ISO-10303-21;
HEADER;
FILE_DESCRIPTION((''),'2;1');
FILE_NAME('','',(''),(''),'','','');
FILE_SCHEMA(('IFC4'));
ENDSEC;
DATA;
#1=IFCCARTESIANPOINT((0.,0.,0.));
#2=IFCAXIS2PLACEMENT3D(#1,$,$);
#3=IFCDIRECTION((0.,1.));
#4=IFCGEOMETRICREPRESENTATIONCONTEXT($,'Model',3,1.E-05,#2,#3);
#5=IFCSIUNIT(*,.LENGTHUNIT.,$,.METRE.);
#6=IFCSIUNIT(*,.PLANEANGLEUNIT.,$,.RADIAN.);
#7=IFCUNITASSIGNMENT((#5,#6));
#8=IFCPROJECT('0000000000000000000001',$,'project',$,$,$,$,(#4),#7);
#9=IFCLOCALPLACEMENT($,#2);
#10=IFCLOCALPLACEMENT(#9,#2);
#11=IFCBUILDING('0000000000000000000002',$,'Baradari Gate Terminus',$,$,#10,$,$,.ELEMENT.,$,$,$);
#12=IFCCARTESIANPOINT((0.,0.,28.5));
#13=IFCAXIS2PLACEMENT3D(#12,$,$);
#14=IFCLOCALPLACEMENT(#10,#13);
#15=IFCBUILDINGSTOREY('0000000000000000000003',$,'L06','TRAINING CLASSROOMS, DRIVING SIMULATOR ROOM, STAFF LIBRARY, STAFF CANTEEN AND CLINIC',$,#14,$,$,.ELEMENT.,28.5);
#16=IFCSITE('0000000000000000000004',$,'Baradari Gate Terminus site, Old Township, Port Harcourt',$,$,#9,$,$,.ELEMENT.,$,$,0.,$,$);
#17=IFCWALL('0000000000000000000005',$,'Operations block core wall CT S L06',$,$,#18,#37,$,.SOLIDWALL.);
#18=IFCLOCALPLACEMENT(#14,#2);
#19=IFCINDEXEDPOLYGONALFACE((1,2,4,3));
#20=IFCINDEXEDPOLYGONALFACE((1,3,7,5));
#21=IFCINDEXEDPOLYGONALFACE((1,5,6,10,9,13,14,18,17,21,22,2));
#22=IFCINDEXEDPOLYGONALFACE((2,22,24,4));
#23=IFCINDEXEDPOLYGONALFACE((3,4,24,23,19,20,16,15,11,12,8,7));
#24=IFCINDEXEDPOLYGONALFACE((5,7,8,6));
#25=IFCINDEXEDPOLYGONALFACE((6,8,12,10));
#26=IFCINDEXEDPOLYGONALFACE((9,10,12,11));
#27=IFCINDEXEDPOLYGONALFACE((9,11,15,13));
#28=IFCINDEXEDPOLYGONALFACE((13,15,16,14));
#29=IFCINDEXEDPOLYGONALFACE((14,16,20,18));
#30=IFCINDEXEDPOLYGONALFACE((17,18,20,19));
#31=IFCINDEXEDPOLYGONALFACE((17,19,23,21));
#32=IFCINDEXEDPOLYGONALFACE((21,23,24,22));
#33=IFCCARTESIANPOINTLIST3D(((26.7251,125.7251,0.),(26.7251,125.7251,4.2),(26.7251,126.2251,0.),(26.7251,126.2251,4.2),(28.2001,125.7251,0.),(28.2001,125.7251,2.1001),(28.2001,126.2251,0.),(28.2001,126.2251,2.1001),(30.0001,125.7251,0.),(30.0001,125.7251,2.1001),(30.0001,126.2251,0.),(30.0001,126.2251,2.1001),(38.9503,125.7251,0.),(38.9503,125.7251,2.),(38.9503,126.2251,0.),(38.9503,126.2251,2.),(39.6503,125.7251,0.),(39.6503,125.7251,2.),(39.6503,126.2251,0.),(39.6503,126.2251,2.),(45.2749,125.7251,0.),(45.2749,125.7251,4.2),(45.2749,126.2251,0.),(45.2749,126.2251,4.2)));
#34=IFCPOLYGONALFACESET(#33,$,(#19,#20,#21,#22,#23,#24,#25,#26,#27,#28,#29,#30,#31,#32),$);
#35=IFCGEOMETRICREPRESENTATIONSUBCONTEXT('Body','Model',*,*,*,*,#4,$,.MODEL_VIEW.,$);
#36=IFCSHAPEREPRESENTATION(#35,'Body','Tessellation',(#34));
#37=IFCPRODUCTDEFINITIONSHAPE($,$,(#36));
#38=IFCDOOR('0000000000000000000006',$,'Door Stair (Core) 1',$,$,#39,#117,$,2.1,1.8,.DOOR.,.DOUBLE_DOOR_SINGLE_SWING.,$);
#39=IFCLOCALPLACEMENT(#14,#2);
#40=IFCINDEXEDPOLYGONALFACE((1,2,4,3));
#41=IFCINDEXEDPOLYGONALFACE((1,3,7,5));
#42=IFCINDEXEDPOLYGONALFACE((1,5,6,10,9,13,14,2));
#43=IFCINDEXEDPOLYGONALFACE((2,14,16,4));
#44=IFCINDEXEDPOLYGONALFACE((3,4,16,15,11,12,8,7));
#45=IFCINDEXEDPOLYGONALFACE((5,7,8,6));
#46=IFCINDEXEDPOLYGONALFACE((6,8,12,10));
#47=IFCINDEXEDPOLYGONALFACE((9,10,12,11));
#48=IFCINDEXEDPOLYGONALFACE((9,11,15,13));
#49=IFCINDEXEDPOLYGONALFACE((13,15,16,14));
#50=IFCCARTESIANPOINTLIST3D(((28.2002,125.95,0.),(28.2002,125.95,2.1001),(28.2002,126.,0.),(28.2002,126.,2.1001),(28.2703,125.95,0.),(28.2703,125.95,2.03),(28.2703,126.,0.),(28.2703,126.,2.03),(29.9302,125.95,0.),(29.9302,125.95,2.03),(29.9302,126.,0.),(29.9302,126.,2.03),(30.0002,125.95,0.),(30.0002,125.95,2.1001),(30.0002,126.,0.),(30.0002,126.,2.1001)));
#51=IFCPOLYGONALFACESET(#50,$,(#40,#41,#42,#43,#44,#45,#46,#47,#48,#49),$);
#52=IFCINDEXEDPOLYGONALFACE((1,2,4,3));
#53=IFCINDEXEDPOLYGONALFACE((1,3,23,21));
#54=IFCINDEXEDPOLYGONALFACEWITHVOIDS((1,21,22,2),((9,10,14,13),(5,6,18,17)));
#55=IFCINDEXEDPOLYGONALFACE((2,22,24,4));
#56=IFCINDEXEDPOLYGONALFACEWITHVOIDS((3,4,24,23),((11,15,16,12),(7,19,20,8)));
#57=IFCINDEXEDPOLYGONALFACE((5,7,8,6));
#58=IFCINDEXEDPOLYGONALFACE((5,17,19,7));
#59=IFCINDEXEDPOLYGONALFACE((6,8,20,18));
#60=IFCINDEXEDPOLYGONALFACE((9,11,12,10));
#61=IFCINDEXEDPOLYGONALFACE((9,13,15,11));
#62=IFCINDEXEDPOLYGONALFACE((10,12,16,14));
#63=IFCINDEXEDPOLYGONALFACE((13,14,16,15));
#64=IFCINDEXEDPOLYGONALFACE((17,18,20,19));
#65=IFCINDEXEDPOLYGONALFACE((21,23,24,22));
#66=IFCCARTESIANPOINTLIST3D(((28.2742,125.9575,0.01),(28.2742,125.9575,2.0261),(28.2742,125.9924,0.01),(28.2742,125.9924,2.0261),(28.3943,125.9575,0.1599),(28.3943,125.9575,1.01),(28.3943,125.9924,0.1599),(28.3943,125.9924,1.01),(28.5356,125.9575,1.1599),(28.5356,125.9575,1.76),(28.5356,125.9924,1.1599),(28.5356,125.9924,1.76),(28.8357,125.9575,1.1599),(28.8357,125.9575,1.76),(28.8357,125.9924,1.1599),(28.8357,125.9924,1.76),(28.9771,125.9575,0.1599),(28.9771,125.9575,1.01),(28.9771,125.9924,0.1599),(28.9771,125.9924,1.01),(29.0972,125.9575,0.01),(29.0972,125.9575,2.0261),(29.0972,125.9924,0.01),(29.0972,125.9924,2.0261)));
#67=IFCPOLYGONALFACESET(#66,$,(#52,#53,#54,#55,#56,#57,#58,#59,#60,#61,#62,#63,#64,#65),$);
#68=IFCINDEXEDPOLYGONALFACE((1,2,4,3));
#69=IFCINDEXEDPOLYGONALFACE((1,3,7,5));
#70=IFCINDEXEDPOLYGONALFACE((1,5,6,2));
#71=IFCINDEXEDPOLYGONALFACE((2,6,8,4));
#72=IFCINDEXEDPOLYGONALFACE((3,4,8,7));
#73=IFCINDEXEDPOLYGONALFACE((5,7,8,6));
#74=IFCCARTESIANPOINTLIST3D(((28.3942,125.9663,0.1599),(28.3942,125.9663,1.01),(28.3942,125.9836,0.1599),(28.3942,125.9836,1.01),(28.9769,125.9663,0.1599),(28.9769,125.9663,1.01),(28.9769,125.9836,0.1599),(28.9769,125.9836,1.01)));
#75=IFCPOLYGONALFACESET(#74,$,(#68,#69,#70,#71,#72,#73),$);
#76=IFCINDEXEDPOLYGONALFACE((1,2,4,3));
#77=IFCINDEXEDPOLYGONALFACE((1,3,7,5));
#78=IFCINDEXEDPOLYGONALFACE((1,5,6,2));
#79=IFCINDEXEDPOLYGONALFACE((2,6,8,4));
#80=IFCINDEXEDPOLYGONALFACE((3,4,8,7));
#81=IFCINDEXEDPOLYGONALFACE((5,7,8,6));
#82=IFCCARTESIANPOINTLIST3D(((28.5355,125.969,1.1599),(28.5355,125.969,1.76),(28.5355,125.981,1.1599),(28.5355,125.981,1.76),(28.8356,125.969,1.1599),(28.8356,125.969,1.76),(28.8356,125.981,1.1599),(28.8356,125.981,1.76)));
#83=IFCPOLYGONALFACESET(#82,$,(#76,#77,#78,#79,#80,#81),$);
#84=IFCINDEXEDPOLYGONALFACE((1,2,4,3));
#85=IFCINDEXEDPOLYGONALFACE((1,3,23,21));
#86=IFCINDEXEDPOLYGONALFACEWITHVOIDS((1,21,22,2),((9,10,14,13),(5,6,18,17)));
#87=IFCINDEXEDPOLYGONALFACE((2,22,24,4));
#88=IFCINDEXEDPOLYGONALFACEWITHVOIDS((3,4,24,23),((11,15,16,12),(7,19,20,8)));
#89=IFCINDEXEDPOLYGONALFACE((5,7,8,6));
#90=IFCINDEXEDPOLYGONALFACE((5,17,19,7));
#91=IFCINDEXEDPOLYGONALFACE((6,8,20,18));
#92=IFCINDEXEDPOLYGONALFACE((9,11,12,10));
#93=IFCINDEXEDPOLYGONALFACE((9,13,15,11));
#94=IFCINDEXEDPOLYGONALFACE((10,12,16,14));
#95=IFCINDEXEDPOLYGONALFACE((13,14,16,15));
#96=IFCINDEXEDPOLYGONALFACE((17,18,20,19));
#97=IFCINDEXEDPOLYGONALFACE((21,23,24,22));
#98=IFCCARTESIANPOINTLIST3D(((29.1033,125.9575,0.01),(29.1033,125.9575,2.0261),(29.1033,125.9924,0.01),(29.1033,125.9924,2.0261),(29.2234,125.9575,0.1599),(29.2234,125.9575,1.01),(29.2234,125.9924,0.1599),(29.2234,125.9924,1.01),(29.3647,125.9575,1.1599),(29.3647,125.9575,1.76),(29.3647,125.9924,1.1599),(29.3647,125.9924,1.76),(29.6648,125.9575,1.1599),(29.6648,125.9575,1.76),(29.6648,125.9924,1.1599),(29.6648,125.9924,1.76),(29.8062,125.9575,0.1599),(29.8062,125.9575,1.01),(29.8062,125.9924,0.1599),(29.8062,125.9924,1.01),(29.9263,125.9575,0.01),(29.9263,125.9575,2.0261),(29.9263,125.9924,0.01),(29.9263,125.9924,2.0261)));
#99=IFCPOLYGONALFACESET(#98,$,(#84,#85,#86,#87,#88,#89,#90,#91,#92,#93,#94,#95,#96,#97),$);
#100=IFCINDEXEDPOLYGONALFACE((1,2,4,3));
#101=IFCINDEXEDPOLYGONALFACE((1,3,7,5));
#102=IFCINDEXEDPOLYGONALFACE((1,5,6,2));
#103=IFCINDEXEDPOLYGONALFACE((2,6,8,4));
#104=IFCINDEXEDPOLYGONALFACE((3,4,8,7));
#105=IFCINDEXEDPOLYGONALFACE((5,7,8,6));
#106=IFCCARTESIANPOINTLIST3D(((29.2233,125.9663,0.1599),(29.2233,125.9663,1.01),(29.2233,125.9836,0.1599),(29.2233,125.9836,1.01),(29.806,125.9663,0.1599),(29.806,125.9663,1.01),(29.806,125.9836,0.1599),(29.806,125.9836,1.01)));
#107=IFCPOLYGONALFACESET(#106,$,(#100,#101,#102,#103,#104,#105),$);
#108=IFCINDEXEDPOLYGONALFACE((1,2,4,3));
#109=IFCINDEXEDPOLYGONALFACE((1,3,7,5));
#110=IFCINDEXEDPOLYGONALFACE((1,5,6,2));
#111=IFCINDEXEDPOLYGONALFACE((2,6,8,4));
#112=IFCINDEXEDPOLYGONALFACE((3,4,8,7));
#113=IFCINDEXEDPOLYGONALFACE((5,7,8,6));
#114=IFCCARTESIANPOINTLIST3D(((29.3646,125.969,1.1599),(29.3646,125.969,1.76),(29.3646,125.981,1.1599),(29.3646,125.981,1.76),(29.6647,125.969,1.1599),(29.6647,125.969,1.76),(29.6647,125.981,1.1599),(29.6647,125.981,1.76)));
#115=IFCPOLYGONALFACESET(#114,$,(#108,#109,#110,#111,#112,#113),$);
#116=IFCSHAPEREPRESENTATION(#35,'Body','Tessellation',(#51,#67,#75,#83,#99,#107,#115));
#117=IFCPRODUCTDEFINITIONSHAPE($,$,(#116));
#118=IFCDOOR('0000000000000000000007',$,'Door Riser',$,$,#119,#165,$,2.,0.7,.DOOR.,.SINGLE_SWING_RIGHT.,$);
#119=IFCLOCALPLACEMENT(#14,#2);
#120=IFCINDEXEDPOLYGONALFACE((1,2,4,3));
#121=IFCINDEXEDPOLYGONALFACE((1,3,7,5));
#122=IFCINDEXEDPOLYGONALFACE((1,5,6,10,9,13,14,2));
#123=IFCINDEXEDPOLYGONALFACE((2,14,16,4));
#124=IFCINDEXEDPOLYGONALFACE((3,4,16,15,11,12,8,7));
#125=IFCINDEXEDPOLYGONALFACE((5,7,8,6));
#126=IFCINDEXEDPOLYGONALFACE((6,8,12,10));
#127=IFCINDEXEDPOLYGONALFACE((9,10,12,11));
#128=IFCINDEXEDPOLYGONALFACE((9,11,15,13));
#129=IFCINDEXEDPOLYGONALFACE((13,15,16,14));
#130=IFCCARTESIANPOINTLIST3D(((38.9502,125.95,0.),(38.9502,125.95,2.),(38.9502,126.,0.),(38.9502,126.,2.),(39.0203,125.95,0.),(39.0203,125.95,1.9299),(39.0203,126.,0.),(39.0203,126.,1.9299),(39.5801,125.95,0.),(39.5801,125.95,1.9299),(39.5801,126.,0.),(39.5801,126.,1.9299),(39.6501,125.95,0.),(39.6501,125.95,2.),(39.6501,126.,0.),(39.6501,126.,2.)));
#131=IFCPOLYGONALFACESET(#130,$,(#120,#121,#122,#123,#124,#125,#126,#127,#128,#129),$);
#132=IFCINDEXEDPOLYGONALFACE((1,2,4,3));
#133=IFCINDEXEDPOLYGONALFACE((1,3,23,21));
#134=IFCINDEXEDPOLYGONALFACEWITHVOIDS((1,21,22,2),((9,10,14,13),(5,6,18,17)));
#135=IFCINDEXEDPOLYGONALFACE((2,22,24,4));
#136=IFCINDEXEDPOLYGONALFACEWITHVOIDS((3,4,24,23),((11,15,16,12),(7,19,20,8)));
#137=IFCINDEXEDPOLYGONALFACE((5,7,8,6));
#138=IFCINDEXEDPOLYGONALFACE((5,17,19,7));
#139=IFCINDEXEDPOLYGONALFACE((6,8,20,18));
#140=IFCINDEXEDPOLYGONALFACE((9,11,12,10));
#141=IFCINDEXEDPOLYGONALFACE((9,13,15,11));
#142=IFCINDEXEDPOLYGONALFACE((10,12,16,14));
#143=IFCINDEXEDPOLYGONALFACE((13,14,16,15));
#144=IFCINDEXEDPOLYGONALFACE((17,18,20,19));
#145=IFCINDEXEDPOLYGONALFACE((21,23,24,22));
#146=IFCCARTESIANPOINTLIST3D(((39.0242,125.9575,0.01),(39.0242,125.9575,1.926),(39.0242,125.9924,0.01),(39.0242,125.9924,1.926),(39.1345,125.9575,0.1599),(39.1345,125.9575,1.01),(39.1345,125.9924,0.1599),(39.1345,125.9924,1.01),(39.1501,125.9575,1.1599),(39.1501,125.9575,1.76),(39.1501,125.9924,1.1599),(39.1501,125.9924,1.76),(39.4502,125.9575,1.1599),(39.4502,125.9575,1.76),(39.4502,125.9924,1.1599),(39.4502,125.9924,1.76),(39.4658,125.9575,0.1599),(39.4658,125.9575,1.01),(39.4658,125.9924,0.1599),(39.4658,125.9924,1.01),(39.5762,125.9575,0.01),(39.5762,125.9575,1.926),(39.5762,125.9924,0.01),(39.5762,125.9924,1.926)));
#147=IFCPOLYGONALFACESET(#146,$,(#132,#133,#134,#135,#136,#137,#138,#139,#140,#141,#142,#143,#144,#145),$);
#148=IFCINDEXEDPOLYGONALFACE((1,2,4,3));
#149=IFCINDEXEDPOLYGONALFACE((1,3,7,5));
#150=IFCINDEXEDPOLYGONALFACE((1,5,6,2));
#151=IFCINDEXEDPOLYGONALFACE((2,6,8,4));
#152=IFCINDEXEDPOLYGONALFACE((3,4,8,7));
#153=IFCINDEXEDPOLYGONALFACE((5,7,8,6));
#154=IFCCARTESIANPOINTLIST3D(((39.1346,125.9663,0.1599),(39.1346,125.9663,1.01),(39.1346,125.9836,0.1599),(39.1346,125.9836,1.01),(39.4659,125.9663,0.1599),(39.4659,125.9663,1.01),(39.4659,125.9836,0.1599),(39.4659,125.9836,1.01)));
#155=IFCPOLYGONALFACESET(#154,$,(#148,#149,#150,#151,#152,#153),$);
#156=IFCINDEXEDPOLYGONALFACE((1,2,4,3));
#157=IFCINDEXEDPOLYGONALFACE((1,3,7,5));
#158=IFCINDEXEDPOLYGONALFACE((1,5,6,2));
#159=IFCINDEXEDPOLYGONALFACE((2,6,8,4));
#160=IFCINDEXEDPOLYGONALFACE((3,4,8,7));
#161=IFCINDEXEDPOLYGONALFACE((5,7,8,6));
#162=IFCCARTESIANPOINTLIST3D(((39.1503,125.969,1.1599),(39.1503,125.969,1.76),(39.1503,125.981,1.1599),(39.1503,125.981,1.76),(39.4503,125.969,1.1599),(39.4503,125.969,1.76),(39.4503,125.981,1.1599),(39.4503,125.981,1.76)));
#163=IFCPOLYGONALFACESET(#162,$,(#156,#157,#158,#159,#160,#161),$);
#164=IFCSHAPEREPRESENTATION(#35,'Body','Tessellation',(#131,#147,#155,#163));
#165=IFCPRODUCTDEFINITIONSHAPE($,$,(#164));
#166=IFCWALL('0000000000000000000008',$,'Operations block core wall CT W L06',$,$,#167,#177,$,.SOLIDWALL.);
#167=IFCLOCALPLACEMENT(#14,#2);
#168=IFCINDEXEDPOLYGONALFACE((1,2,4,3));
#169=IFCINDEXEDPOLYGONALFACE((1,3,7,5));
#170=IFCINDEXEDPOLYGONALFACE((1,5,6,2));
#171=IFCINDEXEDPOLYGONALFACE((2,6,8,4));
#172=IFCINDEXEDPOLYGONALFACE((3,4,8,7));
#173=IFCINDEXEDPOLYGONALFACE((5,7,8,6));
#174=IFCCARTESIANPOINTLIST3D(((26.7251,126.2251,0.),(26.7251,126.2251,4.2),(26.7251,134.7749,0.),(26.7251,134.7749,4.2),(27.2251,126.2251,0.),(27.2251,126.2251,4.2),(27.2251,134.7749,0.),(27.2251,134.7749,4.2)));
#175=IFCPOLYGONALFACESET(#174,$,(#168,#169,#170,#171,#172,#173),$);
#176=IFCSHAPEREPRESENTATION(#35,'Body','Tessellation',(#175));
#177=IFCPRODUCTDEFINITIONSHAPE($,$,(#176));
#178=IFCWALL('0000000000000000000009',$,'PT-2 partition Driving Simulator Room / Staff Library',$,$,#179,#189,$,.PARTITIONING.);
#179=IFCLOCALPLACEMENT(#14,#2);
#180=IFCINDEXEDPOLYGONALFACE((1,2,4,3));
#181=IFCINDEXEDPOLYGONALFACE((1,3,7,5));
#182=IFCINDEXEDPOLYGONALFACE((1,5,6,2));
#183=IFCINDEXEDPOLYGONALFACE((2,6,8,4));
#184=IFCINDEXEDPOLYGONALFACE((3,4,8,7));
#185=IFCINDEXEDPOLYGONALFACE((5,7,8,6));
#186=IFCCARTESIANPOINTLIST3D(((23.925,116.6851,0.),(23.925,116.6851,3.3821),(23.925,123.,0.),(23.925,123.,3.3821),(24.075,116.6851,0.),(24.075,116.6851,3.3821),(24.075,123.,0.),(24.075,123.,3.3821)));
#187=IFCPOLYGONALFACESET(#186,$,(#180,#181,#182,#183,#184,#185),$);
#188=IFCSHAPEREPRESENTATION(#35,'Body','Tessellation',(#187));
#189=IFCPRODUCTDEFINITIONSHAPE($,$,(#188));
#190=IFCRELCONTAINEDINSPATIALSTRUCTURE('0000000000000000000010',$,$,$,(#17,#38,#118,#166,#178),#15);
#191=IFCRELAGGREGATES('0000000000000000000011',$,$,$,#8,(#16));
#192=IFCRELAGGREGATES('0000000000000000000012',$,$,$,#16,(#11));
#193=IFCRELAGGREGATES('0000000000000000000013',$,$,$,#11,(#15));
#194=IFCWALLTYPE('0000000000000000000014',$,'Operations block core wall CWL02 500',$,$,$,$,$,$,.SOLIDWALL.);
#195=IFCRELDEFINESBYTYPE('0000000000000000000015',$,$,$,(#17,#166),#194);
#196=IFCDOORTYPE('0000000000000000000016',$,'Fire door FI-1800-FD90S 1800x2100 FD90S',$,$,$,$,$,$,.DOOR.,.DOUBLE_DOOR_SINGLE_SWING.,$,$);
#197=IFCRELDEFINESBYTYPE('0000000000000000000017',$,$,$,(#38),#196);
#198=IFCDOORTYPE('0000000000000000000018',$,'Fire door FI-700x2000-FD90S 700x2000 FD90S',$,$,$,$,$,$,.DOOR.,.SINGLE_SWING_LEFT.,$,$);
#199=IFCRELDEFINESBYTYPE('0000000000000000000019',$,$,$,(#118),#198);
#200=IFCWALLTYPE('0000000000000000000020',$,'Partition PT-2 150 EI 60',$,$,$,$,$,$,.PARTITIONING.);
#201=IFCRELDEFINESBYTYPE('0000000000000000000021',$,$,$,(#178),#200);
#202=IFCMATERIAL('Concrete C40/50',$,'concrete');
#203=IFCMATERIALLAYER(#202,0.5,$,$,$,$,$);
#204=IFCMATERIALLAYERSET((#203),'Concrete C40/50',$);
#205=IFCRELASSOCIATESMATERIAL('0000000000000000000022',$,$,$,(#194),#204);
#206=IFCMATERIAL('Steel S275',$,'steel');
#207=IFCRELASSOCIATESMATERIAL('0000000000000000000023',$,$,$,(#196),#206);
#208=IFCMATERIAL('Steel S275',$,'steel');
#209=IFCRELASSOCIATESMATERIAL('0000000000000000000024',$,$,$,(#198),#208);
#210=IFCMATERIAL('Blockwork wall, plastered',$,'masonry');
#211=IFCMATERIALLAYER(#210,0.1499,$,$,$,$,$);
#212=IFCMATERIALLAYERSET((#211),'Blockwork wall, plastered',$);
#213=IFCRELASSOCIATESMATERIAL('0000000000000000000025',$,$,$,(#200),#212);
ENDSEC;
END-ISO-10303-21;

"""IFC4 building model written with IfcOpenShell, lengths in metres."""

from ifc_helpers import new_model, si_unit, direction, frame, frame_2d, origin, place, context, subcontext, project, spatial, polyline, rectangle, outline, extrude, material, layer, layer_set, type_object, element, fill, save


model = new_model("IFC4")

# Units and contexts
model_context = context("Model", 3, precision=1e-05, world=origin(), true_north=direction((0.0, 1.0)))
body_context = subcontext(model_context, "Body", "Model", "MODEL_VIEW")
ifc_project = project(units=[si_unit("LENGTHUNIT", "METRE"), si_unit("PLANEANGLEUNIT", "RADIAN")], contexts=[model_context])

# Site, building, storey
site_placement = place(None, origin())
site = spatial("IfcSite", under=ifc_project, at=site_placement, Name="Baradari Gate Terminus site, Old Township, Port Harcourt", CompositionType="ELEMENT", RefElevation=0.0)
building_placement = place(site_placement, origin())
building = spatial("IfcBuilding", under=site, at=building_placement, Name="Baradari Gate Terminus", CompositionType="ELEMENT")
storey_placement = place(building_placement, frame((0.0, 0.0, 28.5)))
storey = spatial("IfcBuildingStorey", under=building, at=storey_placement, Name="L06", Description="TRAINING CLASSROOMS, DRIVING SIMULATOR ROOM, STAFF LIBRARY, STAFF CANTEEN AND CLINIC", CompositionType="ELEMENT", Elevation=28.5)

# Wall, openings, doors
ifc_material_1 = material(Name="Concrete C40/50", Category="concrete")
ifc_layer_1 = layer(ifc_material_1, 0.5)
ifc_layer_set_1 = layer_set([ifc_layer_1], Name="Concrete C40/50")
wall_type_1 = type_object("IfcWallType", Name="Operations block core wall CWL02 500", PredefinedType="SOLIDWALL", material=ifc_layer_set_1)
wall_1_placement = place(storey_placement, frame((26.7251, 125.9751, 0.0), z_axis=(0.0, 0.0, 1.0), x_axis=(1.0, 0.0, 0.0)))
wall_1 = element("IfcWall", 1, at=wall_1_placement, inside=storey, type_object=wall_type_1, Name="Operations block core wall CT S L06", PredefinedType="SOLIDWALL", context=body_context, shape_type="SweptSolid", body=[
    extrude(rectangle(XDim=18.5498, YDim=0.5, at=frame_2d((9.2749, 0.0))), origin(), (0.0, 0.0, 1.0), 4.2),
])
opening_1_placement = place(wall_1_placement, frame((1.4751, 0.0, 0.0)))
opening_1 = element("IfcOpeningElement", 2, at=opening_1_placement, cuts=wall_1, PredefinedType="OPENING", context=body_context, shape_type="SweptSolid", body=[
    extrude(rectangle(XDim=1.8, YDim=2.1001, at=frame_2d((0.8999, 1.05))), frame((0.0, 0.26, 0.0), z_axis=(0.0, -1.0, 0.0), x_axis=(1.0, 0.0, 0.0)), (0.0, 0.0, 1.0), 0.52),
])
opening_2_placement = place(wall_1_placement, frame((12.2251, 0.0, 0.0)))
opening_2 = element("IfcOpeningElement", 3, at=opening_2_placement, cuts=wall_1, PredefinedType="OPENING", context=body_context, shape_type="SweptSolid", body=[
    extrude(rectangle(XDim=0.7, YDim=2.0, at=frame_2d((0.3501, 1.0))), frame((0.0, 0.26, 0.0), z_axis=(0.0, -1.0, 0.0), x_axis=(1.0, 0.0, 0.0)), (0.0, 0.0, 1.0), 0.52),
])
ifc_material_2 = material(Name="Steel S275", Category="steel")
door_type_1 = type_object("IfcDoorType", Name="Fire door FI-1800-FD90S 1800x2100 FD90S", OperationType="DOUBLE_DOOR_SINGLE_SWING", PredefinedType="DOOR", material=ifc_material_2)
door_1_placement = place(opening_1_placement, origin())
door_1 = element("IfcDoor", 4, at=door_1_placement, inside=storey, type_object=door_type_1, Name="Door Stair (Core) 1", OperationType="DOUBLE_DOOR_SINGLE_SWING", OverallHeight=2.1, OverallWidth=1.8, PredefinedType="DOOR", context=body_context, shape_type="SweptSolid", body=[
    extrude(outline(polyline([(0.0, 0.0), (0.0701, 0.0), (0.0701, 2.03), (1.73, 2.03), (1.73, 0.0), (1.8, 0.0), (1.8, 2.1001), (0.0, 2.1001), (0.0, 0.0)])), frame((0.0, 0.0249, 0.0), z_axis=(0.0, -1.0, 0.0), x_axis=(1.0, 0.0, 0.0)), (0.0, 0.0, 1.0), 0.05),
    extrude(outline(polyline([(0.074, 0.01), (0.897, 0.01), (0.897, 2.0261), (0.074, 2.0261), (0.074, 0.01)]), holes=[polyline([(0.1941, 0.1599), (0.7769, 0.1599), (0.7769, 1.01), (0.1941, 1.01), (0.1941, 0.1599)]), polyline([(0.3354, 1.1599), (0.6355, 1.1599), (0.6355, 1.76), (0.3354, 1.76), (0.3354, 1.1599)])]), frame((0.0, 0.0173, 0.0), z_axis=(0.0, -1.0, 0.0), x_axis=(1.0, 0.0, 0.0)), (0.0, 0.0, 1.0), 0.0349),
    extrude(rectangle(XDim=0.5828, YDim=0.8501, at=frame_2d((0.4854, 0.585))), frame((0.0, 0.0085, 0.0), z_axis=(0.0, -1.0, 0.0), x_axis=(1.0, 0.0, 0.0)), (0.0, 0.0, 1.0), 0.0173),
    extrude(rectangle(XDim=0.3, YDim=0.6001, at=frame_2d((0.4854, 1.46))), frame((0.0, 0.0059, 0.0), z_axis=(0.0, -1.0, 0.0), x_axis=(1.0, 0.0, 0.0)), (0.0, 0.0, 1.0), 0.012),
    extrude(outline(polyline([(0.9031, 0.01), (1.7261, 0.01), (1.7261, 2.0261), (0.9031, 2.0261), (0.9031, 0.01)]), holes=[polyline([(1.0232, 0.1599), (1.606, 0.1599), (1.606, 1.01), (1.0232, 1.01), (1.0232, 0.1599)]), polyline([(1.1646, 1.1599), (1.4646, 1.1599), (1.4646, 1.76), (1.1646, 1.76), (1.1646, 1.1599)])]), frame((0.0, 0.0173, 0.0), z_axis=(0.0, -1.0, 0.0), x_axis=(1.0, 0.0, 0.0)), (0.0, 0.0, 1.0), 0.0349),
    extrude(rectangle(XDim=0.5828, YDim=0.8501, at=frame_2d((1.3145, 0.585))), frame((0.0, 0.0085, 0.0), z_axis=(0.0, -1.0, 0.0), x_axis=(1.0, 0.0, 0.0)), (0.0, 0.0, 1.0), 0.0173),
    extrude(rectangle(XDim=0.3, YDim=0.6001, at=frame_2d((1.3145, 1.46))), frame((0.0, 0.0059, 0.0), z_axis=(0.0, -1.0, 0.0), x_axis=(1.0, 0.0, 0.0)), (0.0, 0.0, 1.0), 0.012),
])
fill(opening_1, door_1)
ifc_material_3 = material(Name="Steel S275", Category="steel")
door_type_2 = type_object("IfcDoorType", Name="Fire door FI-700x2000-FD90S 700x2000 FD90S", OperationType="SINGLE_SWING_LEFT", PredefinedType="DOOR", material=ifc_material_3)
door_2_placement = place(opening_2_placement, origin())
door_2 = element("IfcDoor", 5, at=door_2_placement, inside=storey, type_object=door_type_2, Name="Door Riser", OperationType="SINGLE_SWING_RIGHT", OverallHeight=2.0, OverallWidth=0.7, PredefinedType="DOOR", context=body_context, shape_type="SweptSolid", body=[
    extrude(outline(polyline([(0.0, 0.0), (0.0701, 0.0), (0.0701, 1.9299), (0.6299, 1.9299), (0.6299, 0.0), (0.7, 0.0), (0.7, 2.0), (0.0, 2.0), (0.0, 0.0)])), frame((0.0, 0.0249, 0.0), z_axis=(0.0, -1.0, 0.0), x_axis=(1.0, 0.0, 0.0)), (0.0, 0.0, 1.0), 0.05),
    extrude(outline(polyline([(0.074, 0.01), (0.626, 0.01), (0.626, 1.926), (0.074, 1.926), (0.074, 0.01)]), holes=[polyline([(0.1843, 0.1599), (0.5156, 0.1599), (0.5156, 1.01), (0.1843, 1.01), (0.1843, 0.1599)]), polyline([(0.2, 1.1599), (0.5, 1.1599), (0.5, 1.76), (0.2, 1.76), (0.2, 1.1599)])]), frame((0.0, 0.0173, 0.0), z_axis=(0.0, -1.0, 0.0), x_axis=(1.0, 0.0, 0.0)), (0.0, 0.0, 1.0), 0.0349),
    extrude(rectangle(XDim=0.3313, YDim=0.8501, at=frame_2d((0.3501, 0.585))), frame((0.0, 0.0085, 0.0), z_axis=(0.0, -1.0, 0.0), x_axis=(1.0, 0.0, 0.0)), (0.0, 0.0, 1.0), 0.0173),
    extrude(rectangle(XDim=0.3, YDim=0.6001, at=frame_2d((0.3501, 1.46))), frame((0.0, 0.0059, 0.0), z_axis=(0.0, -1.0, 0.0), x_axis=(1.0, 0.0, 0.0)), (0.0, 0.0, 1.0), 0.012),
])
fill(opening_2, door_2)

# Walls
wall_2_placement = place(storey_placement, frame((26.9751, 126.2251, 0.0), z_axis=(0.0, 0.0, 1.0), x_axis=(0.0, 1.0, 0.0)))
element("IfcWall", 6, at=wall_2_placement, inside=storey, type_object=wall_type_1, Name="Operations block core wall CT W L06", PredefinedType="SOLIDWALL", context=body_context, shape_type="SweptSolid", body=[
    extrude(rectangle(XDim=8.5498, YDim=0.5, at=frame_2d((4.2749, 0.0))), origin(), (0.0, 0.0, 1.0), 4.2),
])
ifc_material_4 = material(Name="Blockwork wall, plastered", Category="masonry")
ifc_layer_2 = layer(ifc_material_4, 0.1499)
ifc_layer_set_2 = layer_set([ifc_layer_2], Name="Blockwork wall, plastered")
wall_type_2 = type_object("IfcWallType", Name="Partition PT-2 150 EI 60", PredefinedType="PARTITIONING", material=ifc_layer_set_2)
wall_3_placement = place(storey_placement, frame((24.0, 123.0, 0.0), z_axis=(0.0, 0.0, 1.0), x_axis=(0.0, -1.0, 0.0)))
element("IfcWall", 7, at=wall_3_placement, inside=storey, type_object=wall_type_2, Name="PT-2 partition Driving Simulator Room / Staff Library", PredefinedType="PARTITIONING", context=body_context, shape_type="SweptSolid", body=[
    extrude(rectangle(XDim=6.3149, YDim=0.1499, at=frame_2d((3.1575, 0.0))), origin(), (0.0, 0.0, 1.0), 3.3821),
])

save(model, "model.ifc")
